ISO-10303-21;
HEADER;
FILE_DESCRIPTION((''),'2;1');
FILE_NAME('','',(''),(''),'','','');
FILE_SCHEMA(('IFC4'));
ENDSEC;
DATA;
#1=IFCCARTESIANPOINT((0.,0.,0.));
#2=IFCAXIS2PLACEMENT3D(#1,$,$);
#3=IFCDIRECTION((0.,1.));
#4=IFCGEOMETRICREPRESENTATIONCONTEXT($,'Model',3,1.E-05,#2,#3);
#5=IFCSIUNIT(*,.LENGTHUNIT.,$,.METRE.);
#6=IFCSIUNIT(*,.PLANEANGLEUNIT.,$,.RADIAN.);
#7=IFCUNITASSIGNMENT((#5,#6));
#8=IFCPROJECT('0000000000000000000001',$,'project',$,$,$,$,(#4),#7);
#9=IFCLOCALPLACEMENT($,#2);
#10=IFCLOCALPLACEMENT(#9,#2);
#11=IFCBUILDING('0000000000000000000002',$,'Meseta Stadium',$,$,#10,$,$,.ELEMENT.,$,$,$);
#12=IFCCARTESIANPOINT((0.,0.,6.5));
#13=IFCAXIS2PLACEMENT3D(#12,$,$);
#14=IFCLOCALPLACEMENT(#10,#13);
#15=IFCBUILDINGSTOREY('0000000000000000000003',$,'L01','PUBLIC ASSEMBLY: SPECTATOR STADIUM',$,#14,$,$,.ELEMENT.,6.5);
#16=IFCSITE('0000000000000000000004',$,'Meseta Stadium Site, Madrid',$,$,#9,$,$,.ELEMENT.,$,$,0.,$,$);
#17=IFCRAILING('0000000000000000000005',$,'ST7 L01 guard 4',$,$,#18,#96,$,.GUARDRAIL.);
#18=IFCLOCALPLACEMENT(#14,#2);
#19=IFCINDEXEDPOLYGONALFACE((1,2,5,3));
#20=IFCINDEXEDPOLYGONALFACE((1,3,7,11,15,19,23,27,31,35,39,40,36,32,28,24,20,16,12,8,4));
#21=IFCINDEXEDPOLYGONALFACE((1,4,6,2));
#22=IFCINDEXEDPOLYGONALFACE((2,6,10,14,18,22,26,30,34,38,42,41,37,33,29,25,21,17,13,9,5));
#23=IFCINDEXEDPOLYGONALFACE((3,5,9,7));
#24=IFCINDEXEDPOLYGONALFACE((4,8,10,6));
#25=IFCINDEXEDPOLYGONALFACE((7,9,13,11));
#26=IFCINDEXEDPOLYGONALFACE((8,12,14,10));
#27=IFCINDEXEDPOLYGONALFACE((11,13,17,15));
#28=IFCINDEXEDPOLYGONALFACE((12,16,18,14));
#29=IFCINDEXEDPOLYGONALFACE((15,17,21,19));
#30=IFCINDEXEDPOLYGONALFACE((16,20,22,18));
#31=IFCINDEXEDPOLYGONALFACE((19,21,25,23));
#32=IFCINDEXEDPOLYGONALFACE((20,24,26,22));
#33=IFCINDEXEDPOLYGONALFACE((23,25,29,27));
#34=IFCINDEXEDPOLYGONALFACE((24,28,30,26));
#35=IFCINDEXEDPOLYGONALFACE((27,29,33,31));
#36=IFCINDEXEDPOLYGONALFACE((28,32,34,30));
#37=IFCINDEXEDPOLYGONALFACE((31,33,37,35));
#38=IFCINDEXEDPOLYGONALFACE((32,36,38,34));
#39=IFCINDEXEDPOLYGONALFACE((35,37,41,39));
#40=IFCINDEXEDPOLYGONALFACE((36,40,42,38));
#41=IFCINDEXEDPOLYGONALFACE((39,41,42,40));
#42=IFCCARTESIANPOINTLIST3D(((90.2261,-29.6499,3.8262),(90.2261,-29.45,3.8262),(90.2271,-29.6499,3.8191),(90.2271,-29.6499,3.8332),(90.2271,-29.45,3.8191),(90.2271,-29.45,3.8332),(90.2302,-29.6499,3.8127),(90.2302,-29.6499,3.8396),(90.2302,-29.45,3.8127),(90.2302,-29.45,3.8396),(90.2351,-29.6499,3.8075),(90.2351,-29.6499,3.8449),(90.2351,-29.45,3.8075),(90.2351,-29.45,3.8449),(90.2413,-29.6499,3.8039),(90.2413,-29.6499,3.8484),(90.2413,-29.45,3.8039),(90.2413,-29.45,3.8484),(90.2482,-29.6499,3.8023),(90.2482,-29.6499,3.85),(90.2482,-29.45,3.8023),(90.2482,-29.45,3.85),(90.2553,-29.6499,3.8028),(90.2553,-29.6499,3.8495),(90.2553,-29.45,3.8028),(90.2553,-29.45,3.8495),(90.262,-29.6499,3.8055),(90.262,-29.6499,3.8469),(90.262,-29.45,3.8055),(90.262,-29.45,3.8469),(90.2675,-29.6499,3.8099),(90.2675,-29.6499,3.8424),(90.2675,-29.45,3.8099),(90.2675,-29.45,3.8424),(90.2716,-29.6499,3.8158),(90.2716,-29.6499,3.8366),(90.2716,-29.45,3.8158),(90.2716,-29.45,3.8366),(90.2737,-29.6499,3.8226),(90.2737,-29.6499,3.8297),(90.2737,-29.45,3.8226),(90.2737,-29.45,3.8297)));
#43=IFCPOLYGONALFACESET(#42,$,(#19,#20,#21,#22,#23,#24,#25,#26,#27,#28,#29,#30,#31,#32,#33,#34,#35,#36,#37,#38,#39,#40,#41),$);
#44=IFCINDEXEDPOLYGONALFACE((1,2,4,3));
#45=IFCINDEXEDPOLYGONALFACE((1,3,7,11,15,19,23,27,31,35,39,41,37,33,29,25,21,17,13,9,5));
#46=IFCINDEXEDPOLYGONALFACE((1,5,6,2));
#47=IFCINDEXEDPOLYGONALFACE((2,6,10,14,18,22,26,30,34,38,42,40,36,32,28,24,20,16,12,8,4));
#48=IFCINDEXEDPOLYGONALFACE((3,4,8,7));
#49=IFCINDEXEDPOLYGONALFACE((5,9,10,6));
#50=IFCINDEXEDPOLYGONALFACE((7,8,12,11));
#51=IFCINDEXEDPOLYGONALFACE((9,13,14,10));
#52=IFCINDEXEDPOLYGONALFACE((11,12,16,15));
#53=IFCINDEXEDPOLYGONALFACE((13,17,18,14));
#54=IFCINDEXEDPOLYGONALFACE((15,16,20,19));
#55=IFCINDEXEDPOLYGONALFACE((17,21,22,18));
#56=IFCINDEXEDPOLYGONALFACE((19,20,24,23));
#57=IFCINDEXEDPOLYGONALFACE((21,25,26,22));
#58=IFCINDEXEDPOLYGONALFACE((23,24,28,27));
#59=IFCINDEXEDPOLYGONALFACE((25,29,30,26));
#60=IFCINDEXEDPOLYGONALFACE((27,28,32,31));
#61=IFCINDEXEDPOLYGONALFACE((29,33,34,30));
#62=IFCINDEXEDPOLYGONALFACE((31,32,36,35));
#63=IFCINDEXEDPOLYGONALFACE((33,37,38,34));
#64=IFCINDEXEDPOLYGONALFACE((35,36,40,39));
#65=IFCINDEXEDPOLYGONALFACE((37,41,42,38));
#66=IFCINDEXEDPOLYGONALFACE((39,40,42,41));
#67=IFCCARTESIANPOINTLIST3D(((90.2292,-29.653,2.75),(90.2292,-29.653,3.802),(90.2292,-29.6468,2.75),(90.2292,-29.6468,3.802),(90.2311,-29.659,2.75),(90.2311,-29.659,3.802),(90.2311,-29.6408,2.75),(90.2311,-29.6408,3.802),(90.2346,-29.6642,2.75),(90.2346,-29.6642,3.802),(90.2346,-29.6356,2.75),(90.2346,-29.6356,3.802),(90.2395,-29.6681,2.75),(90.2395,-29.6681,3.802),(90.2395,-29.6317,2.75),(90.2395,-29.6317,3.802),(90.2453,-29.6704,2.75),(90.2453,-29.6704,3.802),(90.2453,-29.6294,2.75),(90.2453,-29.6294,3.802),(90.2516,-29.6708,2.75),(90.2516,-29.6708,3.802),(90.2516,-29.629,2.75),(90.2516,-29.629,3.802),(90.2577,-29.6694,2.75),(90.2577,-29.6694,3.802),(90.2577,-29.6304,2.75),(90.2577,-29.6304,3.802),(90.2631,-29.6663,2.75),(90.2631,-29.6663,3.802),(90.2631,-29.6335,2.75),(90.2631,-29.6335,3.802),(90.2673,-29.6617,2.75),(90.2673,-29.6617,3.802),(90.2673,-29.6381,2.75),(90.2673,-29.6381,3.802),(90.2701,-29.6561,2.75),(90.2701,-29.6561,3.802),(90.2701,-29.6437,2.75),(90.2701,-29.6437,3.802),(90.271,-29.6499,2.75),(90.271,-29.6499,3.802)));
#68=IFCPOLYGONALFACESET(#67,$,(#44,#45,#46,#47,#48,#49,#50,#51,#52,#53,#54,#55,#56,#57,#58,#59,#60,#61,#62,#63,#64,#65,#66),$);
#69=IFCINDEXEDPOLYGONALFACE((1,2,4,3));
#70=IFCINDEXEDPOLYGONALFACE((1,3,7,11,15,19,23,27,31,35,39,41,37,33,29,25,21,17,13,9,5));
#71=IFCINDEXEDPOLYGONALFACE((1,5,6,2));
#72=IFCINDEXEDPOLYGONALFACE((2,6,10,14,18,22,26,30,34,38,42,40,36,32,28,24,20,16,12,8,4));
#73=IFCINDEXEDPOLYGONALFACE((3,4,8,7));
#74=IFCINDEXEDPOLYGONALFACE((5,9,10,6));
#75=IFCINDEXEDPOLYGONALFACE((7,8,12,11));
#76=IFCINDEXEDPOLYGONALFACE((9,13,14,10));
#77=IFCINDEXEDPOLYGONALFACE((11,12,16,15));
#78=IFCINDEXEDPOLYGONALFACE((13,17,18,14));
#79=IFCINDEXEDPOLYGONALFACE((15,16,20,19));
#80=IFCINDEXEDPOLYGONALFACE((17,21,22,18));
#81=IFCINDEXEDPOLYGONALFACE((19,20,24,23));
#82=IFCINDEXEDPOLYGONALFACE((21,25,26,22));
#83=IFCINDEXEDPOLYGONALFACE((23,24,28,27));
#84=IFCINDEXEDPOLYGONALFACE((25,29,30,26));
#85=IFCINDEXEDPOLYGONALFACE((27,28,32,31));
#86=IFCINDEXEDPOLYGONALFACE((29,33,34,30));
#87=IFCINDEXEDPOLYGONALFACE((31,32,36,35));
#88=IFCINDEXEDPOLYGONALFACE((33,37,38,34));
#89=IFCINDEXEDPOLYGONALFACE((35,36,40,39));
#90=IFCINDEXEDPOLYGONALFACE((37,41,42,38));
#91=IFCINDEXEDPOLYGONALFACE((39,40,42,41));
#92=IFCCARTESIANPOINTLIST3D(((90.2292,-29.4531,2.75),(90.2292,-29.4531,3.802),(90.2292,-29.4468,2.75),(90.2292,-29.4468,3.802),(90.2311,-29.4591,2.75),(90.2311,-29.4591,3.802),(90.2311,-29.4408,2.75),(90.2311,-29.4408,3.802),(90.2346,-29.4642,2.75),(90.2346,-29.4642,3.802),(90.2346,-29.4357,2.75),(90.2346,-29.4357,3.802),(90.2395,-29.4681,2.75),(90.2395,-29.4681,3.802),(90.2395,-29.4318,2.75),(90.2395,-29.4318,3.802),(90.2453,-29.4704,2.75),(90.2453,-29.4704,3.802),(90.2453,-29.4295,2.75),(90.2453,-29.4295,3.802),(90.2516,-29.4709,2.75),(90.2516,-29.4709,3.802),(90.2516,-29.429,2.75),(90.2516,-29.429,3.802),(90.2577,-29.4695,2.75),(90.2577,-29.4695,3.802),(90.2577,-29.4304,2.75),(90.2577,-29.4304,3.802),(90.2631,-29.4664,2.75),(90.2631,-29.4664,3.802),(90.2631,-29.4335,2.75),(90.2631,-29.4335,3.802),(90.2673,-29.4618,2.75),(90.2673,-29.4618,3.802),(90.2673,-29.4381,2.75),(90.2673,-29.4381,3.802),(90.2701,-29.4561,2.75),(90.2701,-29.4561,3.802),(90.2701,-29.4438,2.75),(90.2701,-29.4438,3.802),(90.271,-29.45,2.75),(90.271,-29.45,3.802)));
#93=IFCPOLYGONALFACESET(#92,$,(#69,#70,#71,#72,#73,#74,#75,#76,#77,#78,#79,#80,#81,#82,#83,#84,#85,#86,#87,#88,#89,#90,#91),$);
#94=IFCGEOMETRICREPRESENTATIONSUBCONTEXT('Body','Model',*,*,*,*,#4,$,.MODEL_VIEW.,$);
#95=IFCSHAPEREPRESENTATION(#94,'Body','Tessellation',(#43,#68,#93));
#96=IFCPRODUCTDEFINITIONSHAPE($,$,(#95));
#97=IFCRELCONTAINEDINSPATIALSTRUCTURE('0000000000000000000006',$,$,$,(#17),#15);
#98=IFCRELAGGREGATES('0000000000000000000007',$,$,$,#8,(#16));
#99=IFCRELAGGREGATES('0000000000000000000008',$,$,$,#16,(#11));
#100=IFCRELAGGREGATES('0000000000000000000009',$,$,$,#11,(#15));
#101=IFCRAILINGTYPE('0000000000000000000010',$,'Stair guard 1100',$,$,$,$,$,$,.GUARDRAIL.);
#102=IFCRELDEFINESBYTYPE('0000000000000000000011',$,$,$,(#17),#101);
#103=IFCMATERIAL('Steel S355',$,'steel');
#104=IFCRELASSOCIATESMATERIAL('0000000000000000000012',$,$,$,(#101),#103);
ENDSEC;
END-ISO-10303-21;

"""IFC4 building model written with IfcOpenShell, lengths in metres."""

from ifc_helpers import new_model, si_unit, direction, frame, origin, origin_2d, place, context, subcontext, project, spatial, circle, extrude, material, type_object, element, save


model = new_model("IFC4")

# Units and contexts
model_context = context("Model", 3, precision=1e-05, world=origin(), true_north=direction((0.0, 1.0)))
body_context = subcontext(model_context, "Body", "Model", "MODEL_VIEW")
ifc_project = project(units=[si_unit("LENGTHUNIT", "METRE"), si_unit("PLANEANGLEUNIT", "RADIAN")], contexts=[model_context])

# Site, building, storey
site_placement = place(None, origin())
site = spatial("IfcSite", under=ifc_project, at=site_placement, Name="Meseta Stadium Site, Madrid", CompositionType="ELEMENT", RefElevation=0.0)
building_placement = place(site_placement, origin())
building = spatial("IfcBuilding", under=site, at=building_placement, Name="Meseta Stadium", CompositionType="ELEMENT")
storey_placement = place(building_placement, frame((0.0, 0.0, 6.5)))
storey = spatial("IfcBuildingStorey", under=building, at=storey_placement, Name="L01", Description="PUBLIC ASSEMBLY: SPECTATOR STADIUM", CompositionType="ELEMENT", Elevation=6.5)

# Railing
ifc_material_1 = material(Name="Steel S355", Category="steel")
railing_type_1 = type_object("IfcRailingType", Name="Stair guard 1100", PredefinedType="GUARDRAIL", material=ifc_material_1)
railing_1_placement = place(storey_placement, frame((90.25, -29.6499, 2.75)))
element("IfcRailing", 1, at=railing_1_placement, inside=storey, type_object=railing_type_1, Name="ST7 L01 guard 4", PredefinedType="GUARDRAIL", context=body_context, shape_type="SweptSolid", body=[
    extrude(circle(Radius=0.0239, at=origin_2d()), frame((0.0, 0.0, 1.0762), z_axis=(0.0, 1.0, 0.0), x_axis=(-1.0, 0.0, 0.0)), (0.0, 0.0, 1.0), 0.2),
    extrude(circle(Radius=0.021, at=origin_2d()), origin(), (0.0, 0.0, 1.0), 1.052),
    extrude(circle(Radius=0.021, at=origin_2d()), frame((0.0, 0.2, 0.0)), (0.0, 0.0, 1.0), 1.052),
])

save(model, "model.ifc")
